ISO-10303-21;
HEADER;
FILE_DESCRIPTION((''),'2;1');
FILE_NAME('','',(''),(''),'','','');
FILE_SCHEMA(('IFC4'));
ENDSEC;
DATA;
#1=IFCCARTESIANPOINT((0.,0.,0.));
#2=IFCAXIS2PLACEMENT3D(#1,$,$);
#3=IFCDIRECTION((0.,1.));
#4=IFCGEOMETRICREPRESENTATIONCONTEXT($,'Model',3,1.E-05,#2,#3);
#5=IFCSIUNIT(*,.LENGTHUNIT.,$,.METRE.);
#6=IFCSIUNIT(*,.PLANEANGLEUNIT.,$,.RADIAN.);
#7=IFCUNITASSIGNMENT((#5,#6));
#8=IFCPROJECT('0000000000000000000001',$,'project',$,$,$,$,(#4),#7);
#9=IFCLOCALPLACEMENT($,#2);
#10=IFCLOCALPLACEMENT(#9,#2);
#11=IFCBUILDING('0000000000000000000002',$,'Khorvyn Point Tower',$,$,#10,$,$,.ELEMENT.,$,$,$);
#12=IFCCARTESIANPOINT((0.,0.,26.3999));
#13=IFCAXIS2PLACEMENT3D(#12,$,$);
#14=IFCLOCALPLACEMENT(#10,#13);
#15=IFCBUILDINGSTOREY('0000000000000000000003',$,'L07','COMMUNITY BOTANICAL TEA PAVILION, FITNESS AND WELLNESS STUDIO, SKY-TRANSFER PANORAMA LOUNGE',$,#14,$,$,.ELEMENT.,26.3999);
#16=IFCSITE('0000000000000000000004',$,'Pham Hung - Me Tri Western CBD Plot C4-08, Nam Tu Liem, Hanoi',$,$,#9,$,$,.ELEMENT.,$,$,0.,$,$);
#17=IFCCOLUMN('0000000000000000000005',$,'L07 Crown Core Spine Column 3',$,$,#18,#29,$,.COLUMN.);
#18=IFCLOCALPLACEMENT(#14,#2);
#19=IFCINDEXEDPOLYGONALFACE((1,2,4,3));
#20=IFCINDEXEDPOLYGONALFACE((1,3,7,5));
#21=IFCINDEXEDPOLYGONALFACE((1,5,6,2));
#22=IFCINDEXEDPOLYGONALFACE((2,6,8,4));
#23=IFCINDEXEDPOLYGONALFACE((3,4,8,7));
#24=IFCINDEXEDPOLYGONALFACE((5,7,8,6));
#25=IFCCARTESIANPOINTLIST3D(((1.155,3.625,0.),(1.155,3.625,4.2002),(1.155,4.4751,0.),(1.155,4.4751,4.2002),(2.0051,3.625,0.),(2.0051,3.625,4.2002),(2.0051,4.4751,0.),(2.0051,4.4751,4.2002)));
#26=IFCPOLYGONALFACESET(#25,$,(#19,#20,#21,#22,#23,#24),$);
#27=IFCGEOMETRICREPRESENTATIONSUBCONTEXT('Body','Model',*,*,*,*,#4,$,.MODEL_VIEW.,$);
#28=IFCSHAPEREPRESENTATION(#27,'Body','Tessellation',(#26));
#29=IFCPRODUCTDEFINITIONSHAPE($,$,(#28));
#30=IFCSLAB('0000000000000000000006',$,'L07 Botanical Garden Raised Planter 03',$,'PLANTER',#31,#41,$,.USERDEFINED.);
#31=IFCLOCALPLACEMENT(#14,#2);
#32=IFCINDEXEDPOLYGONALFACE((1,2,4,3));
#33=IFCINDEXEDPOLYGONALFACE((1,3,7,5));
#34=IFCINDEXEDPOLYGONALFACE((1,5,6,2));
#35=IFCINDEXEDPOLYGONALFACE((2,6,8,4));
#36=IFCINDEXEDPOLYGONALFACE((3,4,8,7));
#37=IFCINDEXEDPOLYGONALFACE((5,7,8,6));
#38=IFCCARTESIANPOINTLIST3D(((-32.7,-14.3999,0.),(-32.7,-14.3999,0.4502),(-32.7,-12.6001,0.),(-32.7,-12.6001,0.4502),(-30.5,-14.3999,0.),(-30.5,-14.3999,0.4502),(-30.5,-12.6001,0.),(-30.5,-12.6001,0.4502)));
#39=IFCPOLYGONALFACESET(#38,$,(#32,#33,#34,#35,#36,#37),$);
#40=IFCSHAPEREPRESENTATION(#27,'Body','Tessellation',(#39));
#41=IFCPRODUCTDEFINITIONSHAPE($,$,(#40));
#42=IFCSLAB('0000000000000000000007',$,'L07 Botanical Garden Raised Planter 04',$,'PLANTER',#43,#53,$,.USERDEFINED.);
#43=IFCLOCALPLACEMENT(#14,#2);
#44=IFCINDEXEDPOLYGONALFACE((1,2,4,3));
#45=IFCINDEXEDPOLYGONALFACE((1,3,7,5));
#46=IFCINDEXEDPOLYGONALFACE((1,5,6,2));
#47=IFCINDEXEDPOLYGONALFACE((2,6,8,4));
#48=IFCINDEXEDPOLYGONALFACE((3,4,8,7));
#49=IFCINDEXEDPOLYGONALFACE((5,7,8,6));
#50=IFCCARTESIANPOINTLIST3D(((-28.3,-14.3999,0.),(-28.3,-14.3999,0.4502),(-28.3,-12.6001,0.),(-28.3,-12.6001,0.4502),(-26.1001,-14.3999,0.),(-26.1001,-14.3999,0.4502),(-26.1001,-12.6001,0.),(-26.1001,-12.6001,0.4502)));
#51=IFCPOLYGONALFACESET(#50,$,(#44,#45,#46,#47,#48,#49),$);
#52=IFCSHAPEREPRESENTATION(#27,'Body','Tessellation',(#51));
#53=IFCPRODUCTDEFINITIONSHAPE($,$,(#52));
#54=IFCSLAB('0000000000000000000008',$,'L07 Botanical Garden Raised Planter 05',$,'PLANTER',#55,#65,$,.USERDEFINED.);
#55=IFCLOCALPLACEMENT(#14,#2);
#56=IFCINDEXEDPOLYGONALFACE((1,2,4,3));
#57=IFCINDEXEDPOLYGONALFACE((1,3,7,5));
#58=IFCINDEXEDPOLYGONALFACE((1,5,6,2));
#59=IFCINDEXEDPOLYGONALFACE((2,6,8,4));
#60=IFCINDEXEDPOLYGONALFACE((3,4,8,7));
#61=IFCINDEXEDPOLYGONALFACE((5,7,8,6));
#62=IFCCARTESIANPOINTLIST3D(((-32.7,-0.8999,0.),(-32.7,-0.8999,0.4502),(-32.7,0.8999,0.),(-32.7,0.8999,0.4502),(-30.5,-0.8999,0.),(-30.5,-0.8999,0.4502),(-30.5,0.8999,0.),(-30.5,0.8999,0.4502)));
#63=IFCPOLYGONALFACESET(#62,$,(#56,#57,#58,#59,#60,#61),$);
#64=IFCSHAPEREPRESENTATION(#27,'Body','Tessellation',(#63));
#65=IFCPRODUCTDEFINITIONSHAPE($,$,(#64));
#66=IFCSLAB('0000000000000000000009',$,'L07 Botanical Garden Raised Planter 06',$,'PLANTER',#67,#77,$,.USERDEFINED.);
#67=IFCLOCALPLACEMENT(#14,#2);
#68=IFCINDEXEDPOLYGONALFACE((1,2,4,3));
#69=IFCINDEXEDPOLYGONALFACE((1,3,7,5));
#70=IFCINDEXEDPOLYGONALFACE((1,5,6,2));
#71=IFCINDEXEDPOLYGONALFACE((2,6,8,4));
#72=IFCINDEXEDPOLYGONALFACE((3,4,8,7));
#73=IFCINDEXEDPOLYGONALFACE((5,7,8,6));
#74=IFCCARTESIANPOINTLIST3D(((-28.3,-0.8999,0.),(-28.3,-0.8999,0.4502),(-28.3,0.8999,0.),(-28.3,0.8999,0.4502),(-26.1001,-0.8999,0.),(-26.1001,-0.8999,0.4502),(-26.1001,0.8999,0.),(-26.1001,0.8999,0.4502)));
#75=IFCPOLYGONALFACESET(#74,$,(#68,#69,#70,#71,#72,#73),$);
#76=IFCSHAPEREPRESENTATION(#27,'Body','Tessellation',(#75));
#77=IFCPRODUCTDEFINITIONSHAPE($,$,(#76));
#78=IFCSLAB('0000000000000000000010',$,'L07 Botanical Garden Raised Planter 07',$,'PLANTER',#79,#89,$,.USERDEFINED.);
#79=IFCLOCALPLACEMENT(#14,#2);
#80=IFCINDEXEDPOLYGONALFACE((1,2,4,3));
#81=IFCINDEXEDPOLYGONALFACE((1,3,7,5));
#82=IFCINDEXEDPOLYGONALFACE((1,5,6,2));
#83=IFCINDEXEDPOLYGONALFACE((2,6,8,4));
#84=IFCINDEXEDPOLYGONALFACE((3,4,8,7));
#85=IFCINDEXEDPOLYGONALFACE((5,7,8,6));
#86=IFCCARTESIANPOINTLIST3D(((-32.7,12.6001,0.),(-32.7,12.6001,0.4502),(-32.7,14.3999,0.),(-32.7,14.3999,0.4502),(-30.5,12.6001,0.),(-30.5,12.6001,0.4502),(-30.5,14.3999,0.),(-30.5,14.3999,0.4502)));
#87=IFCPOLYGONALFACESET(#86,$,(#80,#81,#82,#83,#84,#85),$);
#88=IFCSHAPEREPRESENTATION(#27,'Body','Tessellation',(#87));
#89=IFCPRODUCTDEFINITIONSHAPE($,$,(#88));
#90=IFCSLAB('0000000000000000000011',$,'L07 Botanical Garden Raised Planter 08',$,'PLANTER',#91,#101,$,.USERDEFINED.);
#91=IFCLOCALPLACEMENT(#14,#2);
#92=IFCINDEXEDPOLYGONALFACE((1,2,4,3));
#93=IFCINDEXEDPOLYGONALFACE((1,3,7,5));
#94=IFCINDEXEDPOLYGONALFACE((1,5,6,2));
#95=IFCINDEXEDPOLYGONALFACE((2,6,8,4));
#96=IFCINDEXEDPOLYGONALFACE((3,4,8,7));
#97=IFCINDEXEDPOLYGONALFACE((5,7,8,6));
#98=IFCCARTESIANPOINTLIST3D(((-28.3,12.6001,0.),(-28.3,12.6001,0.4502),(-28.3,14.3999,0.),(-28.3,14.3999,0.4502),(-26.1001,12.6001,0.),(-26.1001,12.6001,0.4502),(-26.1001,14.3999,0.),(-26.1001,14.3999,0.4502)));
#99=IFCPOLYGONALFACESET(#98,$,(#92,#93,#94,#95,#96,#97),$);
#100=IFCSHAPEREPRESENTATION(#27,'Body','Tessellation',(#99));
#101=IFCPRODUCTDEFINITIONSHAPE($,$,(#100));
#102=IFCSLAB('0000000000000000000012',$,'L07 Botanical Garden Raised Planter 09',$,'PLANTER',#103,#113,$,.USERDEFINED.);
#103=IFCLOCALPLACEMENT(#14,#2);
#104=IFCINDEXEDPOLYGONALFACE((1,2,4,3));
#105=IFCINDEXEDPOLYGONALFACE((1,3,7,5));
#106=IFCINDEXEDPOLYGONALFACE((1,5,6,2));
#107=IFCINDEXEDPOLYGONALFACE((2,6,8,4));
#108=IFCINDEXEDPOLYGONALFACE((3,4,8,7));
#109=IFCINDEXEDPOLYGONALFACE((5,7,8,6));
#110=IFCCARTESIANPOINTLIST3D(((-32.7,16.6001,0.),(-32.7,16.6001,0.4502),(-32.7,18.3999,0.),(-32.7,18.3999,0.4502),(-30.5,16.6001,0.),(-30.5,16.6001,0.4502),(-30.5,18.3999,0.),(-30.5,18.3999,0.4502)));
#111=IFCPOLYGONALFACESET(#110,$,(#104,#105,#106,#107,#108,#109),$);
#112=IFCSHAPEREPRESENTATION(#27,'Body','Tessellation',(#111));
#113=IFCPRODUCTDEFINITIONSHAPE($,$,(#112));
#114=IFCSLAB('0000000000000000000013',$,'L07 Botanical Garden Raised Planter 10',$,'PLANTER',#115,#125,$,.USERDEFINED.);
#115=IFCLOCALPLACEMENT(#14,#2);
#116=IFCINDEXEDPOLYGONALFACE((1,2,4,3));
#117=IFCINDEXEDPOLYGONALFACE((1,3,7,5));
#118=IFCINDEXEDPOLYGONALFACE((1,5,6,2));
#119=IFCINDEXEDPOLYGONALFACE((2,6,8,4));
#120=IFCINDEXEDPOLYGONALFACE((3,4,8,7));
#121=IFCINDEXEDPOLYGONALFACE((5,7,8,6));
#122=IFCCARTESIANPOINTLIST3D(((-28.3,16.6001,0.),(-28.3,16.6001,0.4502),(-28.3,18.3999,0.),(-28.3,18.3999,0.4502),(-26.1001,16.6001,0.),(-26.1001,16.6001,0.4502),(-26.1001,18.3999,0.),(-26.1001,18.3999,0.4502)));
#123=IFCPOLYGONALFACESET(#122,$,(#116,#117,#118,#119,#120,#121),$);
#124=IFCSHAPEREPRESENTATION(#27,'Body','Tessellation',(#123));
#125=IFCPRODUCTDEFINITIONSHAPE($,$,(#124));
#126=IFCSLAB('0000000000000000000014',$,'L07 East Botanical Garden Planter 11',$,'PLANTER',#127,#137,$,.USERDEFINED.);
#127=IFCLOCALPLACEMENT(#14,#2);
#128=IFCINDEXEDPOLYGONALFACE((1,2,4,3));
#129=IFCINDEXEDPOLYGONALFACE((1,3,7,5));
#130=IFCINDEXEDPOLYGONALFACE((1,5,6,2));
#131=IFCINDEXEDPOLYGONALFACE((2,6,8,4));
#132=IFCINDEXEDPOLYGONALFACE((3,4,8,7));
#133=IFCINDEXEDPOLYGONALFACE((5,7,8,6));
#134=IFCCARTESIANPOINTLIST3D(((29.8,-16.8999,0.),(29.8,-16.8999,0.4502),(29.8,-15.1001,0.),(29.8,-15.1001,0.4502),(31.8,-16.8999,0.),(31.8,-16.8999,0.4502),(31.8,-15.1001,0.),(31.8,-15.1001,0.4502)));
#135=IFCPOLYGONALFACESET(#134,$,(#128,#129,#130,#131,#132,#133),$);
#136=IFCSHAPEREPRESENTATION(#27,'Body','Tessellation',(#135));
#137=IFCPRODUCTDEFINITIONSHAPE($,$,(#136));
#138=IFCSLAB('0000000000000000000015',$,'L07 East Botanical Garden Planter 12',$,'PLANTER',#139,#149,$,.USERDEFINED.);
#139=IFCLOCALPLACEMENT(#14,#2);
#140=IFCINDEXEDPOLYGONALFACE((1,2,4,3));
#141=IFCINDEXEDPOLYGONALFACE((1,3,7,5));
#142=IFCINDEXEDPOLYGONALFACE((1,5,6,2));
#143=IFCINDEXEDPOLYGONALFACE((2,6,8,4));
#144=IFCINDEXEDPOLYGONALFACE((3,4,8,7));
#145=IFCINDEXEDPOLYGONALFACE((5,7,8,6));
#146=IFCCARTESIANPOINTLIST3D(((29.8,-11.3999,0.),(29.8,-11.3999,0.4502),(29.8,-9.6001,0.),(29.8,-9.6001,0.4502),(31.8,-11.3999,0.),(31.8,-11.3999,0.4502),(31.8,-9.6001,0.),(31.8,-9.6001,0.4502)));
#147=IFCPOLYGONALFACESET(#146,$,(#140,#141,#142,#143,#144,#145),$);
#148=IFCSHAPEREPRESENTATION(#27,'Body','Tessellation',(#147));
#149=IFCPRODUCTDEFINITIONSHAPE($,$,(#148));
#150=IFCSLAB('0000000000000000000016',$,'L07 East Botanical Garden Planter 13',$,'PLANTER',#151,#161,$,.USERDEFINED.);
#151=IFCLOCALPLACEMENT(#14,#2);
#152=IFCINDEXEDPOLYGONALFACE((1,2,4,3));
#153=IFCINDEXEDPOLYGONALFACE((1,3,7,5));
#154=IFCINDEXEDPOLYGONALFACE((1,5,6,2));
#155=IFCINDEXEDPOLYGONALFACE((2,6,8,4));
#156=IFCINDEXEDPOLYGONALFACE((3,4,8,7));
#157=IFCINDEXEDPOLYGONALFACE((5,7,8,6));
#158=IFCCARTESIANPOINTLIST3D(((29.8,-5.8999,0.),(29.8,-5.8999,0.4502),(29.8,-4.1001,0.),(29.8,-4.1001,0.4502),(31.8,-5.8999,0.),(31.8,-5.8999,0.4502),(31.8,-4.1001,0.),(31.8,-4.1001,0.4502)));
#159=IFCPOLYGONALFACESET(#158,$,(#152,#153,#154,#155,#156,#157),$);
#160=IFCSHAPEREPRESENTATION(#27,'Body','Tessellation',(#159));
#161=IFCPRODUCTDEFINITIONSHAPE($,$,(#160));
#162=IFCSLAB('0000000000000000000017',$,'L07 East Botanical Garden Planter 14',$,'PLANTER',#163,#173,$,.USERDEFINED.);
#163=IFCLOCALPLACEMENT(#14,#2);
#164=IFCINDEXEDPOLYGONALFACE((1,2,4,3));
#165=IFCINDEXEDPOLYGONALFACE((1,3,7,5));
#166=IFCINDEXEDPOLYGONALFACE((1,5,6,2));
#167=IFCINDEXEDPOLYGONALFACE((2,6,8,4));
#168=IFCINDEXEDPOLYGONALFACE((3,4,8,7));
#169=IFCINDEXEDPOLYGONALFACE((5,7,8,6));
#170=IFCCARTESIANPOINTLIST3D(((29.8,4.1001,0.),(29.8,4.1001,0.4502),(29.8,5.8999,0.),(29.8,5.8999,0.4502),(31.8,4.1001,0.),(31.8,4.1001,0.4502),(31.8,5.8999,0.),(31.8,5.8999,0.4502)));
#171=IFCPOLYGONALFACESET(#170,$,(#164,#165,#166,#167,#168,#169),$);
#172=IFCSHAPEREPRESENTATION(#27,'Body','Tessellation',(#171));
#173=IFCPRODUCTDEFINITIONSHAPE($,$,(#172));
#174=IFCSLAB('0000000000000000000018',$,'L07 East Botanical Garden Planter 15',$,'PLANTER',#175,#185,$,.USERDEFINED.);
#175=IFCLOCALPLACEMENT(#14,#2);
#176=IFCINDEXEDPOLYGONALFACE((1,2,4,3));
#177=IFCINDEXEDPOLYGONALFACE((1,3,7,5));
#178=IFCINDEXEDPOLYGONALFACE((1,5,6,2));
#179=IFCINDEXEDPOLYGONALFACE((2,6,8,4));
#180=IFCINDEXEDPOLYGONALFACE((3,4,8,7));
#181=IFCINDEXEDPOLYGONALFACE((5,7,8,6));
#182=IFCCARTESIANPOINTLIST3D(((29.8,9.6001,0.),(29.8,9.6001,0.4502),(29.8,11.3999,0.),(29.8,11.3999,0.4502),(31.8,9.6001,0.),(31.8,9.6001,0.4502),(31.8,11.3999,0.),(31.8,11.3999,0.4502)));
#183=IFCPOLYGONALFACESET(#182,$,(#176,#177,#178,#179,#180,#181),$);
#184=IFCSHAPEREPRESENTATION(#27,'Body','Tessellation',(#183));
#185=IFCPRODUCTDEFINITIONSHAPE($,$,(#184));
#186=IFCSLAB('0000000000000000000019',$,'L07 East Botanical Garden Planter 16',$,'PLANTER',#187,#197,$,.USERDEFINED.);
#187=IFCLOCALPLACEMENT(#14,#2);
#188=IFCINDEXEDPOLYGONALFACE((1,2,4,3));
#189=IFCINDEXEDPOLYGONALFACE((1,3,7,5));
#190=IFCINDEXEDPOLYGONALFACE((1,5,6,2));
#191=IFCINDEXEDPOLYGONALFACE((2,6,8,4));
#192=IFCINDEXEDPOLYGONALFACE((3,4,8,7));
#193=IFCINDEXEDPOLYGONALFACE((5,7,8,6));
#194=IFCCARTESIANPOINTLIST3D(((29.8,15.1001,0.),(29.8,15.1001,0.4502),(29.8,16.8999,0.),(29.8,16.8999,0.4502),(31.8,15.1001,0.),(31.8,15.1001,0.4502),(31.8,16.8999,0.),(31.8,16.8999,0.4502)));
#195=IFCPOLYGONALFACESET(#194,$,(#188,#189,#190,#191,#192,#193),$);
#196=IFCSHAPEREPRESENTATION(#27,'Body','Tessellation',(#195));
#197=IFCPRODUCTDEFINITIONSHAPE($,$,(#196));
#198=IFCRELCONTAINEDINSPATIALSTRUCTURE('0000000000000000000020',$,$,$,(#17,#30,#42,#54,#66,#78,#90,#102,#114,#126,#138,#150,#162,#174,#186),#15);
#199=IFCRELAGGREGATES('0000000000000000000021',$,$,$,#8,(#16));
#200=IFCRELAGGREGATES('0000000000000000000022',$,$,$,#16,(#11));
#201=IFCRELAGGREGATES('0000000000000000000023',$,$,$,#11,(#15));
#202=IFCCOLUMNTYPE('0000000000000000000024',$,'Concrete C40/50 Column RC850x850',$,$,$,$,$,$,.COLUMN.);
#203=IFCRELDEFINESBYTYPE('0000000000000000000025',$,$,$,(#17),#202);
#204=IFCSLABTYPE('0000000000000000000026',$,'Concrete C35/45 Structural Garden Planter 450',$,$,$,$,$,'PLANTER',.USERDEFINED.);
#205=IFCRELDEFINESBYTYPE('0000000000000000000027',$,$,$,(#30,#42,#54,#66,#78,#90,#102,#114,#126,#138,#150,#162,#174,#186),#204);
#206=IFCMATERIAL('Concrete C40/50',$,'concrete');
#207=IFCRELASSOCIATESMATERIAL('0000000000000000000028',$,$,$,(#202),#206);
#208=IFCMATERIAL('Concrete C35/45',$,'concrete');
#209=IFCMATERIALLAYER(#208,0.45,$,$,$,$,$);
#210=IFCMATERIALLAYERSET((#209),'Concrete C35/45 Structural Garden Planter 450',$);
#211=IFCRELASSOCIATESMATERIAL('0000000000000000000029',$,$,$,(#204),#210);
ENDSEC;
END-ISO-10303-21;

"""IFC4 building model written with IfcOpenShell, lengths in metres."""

from ifc_helpers import new_model, si_unit, direction, frame, origin, origin_2d, place, context, subcontext, project, spatial, polyline, rectangle, outline, extrude, material, layer, layer_set, material_profile, profile_set, type_object, element, save


model = new_model("IFC4")

# Units and contexts
model_context = context("Model", 3, precision=1e-05, world=origin(), true_north=direction((0.0, 1.0)))
body_context = subcontext(model_context, "Body", "Model", "MODEL_VIEW")
ifc_project = project(units=[si_unit("LENGTHUNIT", "METRE"), si_unit("PLANEANGLEUNIT", "RADIAN")], contexts=[model_context])

# Site, building, storey
site_placement = place(None, origin())
site = spatial("IfcSite", under=ifc_project, at=site_placement, Name="Pham Hung - Me Tri Western CBD Plot C4-08, Nam Tu Liem, Hanoi", CompositionType="ELEMENT", RefElevation=0.0)
building_placement = place(site_placement, origin())
building = spatial("IfcBuilding", under=site, at=building_placement, Name="Khorvyn Point Tower", CompositionType="ELEMENT")
storey_placement = place(building_placement, frame((0.0, 0.0, 26.3999)))
storey = spatial("IfcBuildingStorey", under=building, at=storey_placement, Name="L07", Description="COMMUNITY BOTANICAL TEA PAVILION, FITNESS AND WELLNESS STUDIO, SKY-TRANSFER PANORAMA LOUNGE", CompositionType="ELEMENT", Elevation=26.3999)

# Column
ifc_material_1 = material(Name="Concrete C40/50", Category="concrete")
ifc_material_profile = material_profile(ifc_material_1, rectangle(XDim=0.8501, YDim=0.8501, at=origin_2d()))
ifc_profile_set = profile_set([ifc_material_profile], Name="Concrete C40/50 RC850x850")
column_type = type_object("IfcColumnType", Name="Concrete C40/50 Column RC850x850", PredefinedType="COLUMN", material=ifc_profile_set)
column_placement = place(storey_placement, frame((1.5801, 4.05, 0.0), z_axis=(0.0, 0.0, 1.0), x_axis=(1.0, 0.0, 0.0)))
element("IfcColumn", 1, at=column_placement, inside=storey, type_object=column_type, Name="L07 Crown Core Spine Column 3", PredefinedType="COLUMN", context=body_context, shape_type="SweptSolid", body=[
    extrude(rectangle(XDim=0.8501, YDim=0.8501, at=origin_2d()), origin(), (0.0, 0.0, 1.0), 4.2002),
])

# Slabs
ifc_material_2 = material(Name="Concrete C35/45", Category="concrete")
ifc_layer_1 = layer(ifc_material_2, 0.45)
ifc_layer_set_1 = layer_set([ifc_layer_1], Name="Concrete C35/45 Structural Garden Planter 450")
slab_type_1 = type_object("IfcSlabType", Name="Concrete C35/45 Structural Garden Planter 450", ElementType="PLANTER", PredefinedType="USERDEFINED", material=ifc_layer_set_1)
slab_1_placement = place(storey_placement, origin())
element("IfcSlab", 2, at=slab_1_placement, inside=storey, type_object=slab_type_1, Name="L07 Botanical Garden Raised Planter 03", ObjectType="PLANTER", PredefinedType="USERDEFINED", context=body_context, shape_type="SweptSolid", body=[
    extrude(outline(polyline([(-32.7, -14.3999), (-30.5, -14.3999), (-30.5, -12.6001), (-32.7, -12.6001), (-32.7, -14.3999)])), origin(), (0.0, 0.0, 1.0), 0.4502),
])
slab_2_placement = place(storey_placement, origin())
element("IfcSlab", 3, at=slab_2_placement, inside=storey, type_object=slab_type_1, Name="L07 Botanical Garden Raised Planter 04", ObjectType="PLANTER", PredefinedType="USERDEFINED", context=body_context, shape_type="SweptSolid", body=[
    extrude(outline(polyline([(-28.3, -14.3999), (-26.1001, -14.3999), (-26.1001, -12.6001), (-28.3, -12.6001), (-28.3, -14.3999)])), origin(), (0.0, 0.0, 1.0), 0.4502),
])
slab_3_placement = place(storey_placement, origin())
element("IfcSlab", 4, at=slab_3_placement, inside=storey, type_object=slab_type_1, Name="L07 Botanical Garden Raised Planter 05", ObjectType="PLANTER", PredefinedType="USERDEFINED", context=body_context, shape_type="SweptSolid", body=[
    extrude(outline(polyline([(-32.7, -0.8999), (-30.5, -0.8999), (-30.5, 0.8999), (-32.7, 0.8999), (-32.7, -0.8999)])), origin(), (0.0, 0.0, 1.0), 0.4502),
])
slab_4_placement = place(storey_placement, origin())
element("IfcSlab", 5, at=slab_4_placement, inside=storey, type_object=slab_type_1, Name="L07 Botanical Garden Raised Planter 06", ObjectType="PLANTER", PredefinedType="USERDEFINED", context=body_context, shape_type="SweptSolid", body=[
    extrude(outline(polyline([(-28.3, -0.8999), (-26.1001, -0.8999), (-26.1001, 0.8999), (-28.3, 0.8999), (-28.3, -0.8999)])), origin(), (0.0, 0.0, 1.0), 0.4502),
])
slab_5_placement = place(storey_placement, origin())
element("IfcSlab", 6, at=slab_5_placement, inside=storey, type_object=slab_type_1, Name="L07 Botanical Garden Raised Planter 07", ObjectType="PLANTER", PredefinedType="USERDEFINED", context=body_context, shape_type="SweptSolid", body=[
    extrude(outline(polyline([(-32.7, 12.6001), (-30.5, 12.6001), (-30.5, 14.3999), (-32.7, 14.3999), (-32.7, 12.6001)])), origin(), (0.0, 0.0, 1.0), 0.4502),
])
slab_6_placement = place(storey_placement, origin())
element("IfcSlab", 7, at=slab_6_placement, inside=storey, type_object=slab_type_1, Name="L07 Botanical Garden Raised Planter 08", ObjectType="PLANTER", PredefinedType="USERDEFINED", context=body_context, shape_type="SweptSolid", body=[
    extrude(outline(polyline([(-28.3, 12.6001), (-26.1001, 12.6001), (-26.1001, 14.3999), (-28.3, 14.3999), (-28.3, 12.6001)])), origin(), (0.0, 0.0, 1.0), 0.4502),
])
slab_7_placement = place(storey_placement, origin())
element("IfcSlab", 8, at=slab_7_placement, inside=storey, type_object=slab_type_1, Name="L07 Botanical Garden Raised Planter 09", ObjectType="PLANTER", PredefinedType="USERDEFINED", context=body_context, shape_type="SweptSolid", body=[
    extrude(outline(polyline([(-32.7, 16.6001), (-30.5, 16.6001), (-30.5, 18.3999), (-32.7, 18.3999), (-32.7, 16.6001)])), origin(), (0.0, 0.0, 1.0), 0.4502),
])
slab_8_placement = place(storey_placement, origin())
element("IfcSlab", 9, at=slab_8_placement, inside=storey, type_object=slab_type_1, Name="L07 Botanical Garden Raised Planter 10", ObjectType="PLANTER", PredefinedType="USERDEFINED", context=body_context, shape_type="SweptSolid", body=[
    extrude(outline(polyline([(-28.3, 16.6001), (-26.1001, 16.6001), (-26.1001, 18.3999), (-28.3, 18.3999), (-28.3, 16.6001)])), origin(), (0.0, 0.0, 1.0), 0.4502),
])
slab_9_placement = place(storey_placement, origin())
element("IfcSlab", 10, at=slab_9_placement, inside=storey, type_object=slab_type_1, Name="L07 East Botanical Garden Planter 11", ObjectType="PLANTER", PredefinedType="USERDEFINED", context=body_context, shape_type="SweptSolid", body=[
    extrude(outline(polyline([(29.8, -16.8999), (31.8, -16.8999), (31.8, -15.1001), (29.8, -15.1001), (29.8, -16.8999)])), origin(), (0.0, 0.0, 1.0), 0.4502),
])
slab_10_placement = place(storey_placement, origin())
element("IfcSlab", 11, at=slab_10_placement, inside=storey, type_object=slab_type_1, Name="L07 East Botanical Garden Planter 12", ObjectType="PLANTER", PredefinedType="USERDEFINED", context=body_context, shape_type="SweptSolid", body=[
    extrude(outline(polyline([(29.8, -11.3999), (31.8, -11.3999), (31.8, -9.6001), (29.8, -9.6001), (29.8, -11.3999)])), origin(), (0.0, 0.0, 1.0), 0.4502),
])
slab_11_placement = place(storey_placement, origin())
element("IfcSlab", 12, at=slab_11_placement, inside=storey, type_object=slab_type_1, Name="L07 East Botanical Garden Planter 13", ObjectType="PLANTER", PredefinedType="USERDEFINED", context=body_context, shape_type="SweptSolid", body=[
    extrude(outline(polyline([(29.8, -5.8999), (31.8, -5.8999), (31.8, -4.1001), (29.8, -4.1001), (29.8, -5.8999)])), origin(), (0.0, 0.0, 1.0), 0.4502),
])
slab_12_placement = place(storey_placement, origin())
element("IfcSlab", 13, at=slab_12_placement, inside=storey, type_object=slab_type_1, Name="L07 East Botanical Garden Planter 14", ObjectType="PLANTER", PredefinedType="USERDEFINED", context=body_context, shape_type="SweptSolid", body=[
    extrude(outline(polyline([(29.8, 4.1001), (31.8, 4.1001), (31.8, 5.8999), (29.8, 5.8999), (29.8, 4.1001)])), origin(), (0.0, 0.0, 1.0), 0.4502),
])
slab_13_placement = place(storey_placement, origin())
element("IfcSlab", 14, at=slab_13_placement, inside=storey, type_object=slab_type_1, Name="L07 East Botanical Garden Planter 15", ObjectType="PLANTER", PredefinedType="USERDEFINED", context=body_context, shape_type="SweptSolid", body=[
    extrude(outline(polyline([(29.8, 9.6001), (31.8, 9.6001), (31.8, 11.3999), (29.8, 11.3999), (29.8, 9.6001)])), origin(), (0.0, 0.0, 1.0), 0.4502),
])
slab_14_placement = place(storey_placement, origin())
element("IfcSlab", 15, at=slab_14_placement, inside=storey, type_object=slab_type_1, Name="L07 East Botanical Garden Planter 16", ObjectType="PLANTER", PredefinedType="USERDEFINED", context=body_context, shape_type="SweptSolid", body=[
    extrude(outline(polyline([(29.8, 15.1001), (31.8, 15.1001), (31.8, 16.8999), (29.8, 16.8999), (29.8, 15.1001)])), origin(), (0.0, 0.0, 1.0), 0.4502),
])

save(model, "model.ifc")
